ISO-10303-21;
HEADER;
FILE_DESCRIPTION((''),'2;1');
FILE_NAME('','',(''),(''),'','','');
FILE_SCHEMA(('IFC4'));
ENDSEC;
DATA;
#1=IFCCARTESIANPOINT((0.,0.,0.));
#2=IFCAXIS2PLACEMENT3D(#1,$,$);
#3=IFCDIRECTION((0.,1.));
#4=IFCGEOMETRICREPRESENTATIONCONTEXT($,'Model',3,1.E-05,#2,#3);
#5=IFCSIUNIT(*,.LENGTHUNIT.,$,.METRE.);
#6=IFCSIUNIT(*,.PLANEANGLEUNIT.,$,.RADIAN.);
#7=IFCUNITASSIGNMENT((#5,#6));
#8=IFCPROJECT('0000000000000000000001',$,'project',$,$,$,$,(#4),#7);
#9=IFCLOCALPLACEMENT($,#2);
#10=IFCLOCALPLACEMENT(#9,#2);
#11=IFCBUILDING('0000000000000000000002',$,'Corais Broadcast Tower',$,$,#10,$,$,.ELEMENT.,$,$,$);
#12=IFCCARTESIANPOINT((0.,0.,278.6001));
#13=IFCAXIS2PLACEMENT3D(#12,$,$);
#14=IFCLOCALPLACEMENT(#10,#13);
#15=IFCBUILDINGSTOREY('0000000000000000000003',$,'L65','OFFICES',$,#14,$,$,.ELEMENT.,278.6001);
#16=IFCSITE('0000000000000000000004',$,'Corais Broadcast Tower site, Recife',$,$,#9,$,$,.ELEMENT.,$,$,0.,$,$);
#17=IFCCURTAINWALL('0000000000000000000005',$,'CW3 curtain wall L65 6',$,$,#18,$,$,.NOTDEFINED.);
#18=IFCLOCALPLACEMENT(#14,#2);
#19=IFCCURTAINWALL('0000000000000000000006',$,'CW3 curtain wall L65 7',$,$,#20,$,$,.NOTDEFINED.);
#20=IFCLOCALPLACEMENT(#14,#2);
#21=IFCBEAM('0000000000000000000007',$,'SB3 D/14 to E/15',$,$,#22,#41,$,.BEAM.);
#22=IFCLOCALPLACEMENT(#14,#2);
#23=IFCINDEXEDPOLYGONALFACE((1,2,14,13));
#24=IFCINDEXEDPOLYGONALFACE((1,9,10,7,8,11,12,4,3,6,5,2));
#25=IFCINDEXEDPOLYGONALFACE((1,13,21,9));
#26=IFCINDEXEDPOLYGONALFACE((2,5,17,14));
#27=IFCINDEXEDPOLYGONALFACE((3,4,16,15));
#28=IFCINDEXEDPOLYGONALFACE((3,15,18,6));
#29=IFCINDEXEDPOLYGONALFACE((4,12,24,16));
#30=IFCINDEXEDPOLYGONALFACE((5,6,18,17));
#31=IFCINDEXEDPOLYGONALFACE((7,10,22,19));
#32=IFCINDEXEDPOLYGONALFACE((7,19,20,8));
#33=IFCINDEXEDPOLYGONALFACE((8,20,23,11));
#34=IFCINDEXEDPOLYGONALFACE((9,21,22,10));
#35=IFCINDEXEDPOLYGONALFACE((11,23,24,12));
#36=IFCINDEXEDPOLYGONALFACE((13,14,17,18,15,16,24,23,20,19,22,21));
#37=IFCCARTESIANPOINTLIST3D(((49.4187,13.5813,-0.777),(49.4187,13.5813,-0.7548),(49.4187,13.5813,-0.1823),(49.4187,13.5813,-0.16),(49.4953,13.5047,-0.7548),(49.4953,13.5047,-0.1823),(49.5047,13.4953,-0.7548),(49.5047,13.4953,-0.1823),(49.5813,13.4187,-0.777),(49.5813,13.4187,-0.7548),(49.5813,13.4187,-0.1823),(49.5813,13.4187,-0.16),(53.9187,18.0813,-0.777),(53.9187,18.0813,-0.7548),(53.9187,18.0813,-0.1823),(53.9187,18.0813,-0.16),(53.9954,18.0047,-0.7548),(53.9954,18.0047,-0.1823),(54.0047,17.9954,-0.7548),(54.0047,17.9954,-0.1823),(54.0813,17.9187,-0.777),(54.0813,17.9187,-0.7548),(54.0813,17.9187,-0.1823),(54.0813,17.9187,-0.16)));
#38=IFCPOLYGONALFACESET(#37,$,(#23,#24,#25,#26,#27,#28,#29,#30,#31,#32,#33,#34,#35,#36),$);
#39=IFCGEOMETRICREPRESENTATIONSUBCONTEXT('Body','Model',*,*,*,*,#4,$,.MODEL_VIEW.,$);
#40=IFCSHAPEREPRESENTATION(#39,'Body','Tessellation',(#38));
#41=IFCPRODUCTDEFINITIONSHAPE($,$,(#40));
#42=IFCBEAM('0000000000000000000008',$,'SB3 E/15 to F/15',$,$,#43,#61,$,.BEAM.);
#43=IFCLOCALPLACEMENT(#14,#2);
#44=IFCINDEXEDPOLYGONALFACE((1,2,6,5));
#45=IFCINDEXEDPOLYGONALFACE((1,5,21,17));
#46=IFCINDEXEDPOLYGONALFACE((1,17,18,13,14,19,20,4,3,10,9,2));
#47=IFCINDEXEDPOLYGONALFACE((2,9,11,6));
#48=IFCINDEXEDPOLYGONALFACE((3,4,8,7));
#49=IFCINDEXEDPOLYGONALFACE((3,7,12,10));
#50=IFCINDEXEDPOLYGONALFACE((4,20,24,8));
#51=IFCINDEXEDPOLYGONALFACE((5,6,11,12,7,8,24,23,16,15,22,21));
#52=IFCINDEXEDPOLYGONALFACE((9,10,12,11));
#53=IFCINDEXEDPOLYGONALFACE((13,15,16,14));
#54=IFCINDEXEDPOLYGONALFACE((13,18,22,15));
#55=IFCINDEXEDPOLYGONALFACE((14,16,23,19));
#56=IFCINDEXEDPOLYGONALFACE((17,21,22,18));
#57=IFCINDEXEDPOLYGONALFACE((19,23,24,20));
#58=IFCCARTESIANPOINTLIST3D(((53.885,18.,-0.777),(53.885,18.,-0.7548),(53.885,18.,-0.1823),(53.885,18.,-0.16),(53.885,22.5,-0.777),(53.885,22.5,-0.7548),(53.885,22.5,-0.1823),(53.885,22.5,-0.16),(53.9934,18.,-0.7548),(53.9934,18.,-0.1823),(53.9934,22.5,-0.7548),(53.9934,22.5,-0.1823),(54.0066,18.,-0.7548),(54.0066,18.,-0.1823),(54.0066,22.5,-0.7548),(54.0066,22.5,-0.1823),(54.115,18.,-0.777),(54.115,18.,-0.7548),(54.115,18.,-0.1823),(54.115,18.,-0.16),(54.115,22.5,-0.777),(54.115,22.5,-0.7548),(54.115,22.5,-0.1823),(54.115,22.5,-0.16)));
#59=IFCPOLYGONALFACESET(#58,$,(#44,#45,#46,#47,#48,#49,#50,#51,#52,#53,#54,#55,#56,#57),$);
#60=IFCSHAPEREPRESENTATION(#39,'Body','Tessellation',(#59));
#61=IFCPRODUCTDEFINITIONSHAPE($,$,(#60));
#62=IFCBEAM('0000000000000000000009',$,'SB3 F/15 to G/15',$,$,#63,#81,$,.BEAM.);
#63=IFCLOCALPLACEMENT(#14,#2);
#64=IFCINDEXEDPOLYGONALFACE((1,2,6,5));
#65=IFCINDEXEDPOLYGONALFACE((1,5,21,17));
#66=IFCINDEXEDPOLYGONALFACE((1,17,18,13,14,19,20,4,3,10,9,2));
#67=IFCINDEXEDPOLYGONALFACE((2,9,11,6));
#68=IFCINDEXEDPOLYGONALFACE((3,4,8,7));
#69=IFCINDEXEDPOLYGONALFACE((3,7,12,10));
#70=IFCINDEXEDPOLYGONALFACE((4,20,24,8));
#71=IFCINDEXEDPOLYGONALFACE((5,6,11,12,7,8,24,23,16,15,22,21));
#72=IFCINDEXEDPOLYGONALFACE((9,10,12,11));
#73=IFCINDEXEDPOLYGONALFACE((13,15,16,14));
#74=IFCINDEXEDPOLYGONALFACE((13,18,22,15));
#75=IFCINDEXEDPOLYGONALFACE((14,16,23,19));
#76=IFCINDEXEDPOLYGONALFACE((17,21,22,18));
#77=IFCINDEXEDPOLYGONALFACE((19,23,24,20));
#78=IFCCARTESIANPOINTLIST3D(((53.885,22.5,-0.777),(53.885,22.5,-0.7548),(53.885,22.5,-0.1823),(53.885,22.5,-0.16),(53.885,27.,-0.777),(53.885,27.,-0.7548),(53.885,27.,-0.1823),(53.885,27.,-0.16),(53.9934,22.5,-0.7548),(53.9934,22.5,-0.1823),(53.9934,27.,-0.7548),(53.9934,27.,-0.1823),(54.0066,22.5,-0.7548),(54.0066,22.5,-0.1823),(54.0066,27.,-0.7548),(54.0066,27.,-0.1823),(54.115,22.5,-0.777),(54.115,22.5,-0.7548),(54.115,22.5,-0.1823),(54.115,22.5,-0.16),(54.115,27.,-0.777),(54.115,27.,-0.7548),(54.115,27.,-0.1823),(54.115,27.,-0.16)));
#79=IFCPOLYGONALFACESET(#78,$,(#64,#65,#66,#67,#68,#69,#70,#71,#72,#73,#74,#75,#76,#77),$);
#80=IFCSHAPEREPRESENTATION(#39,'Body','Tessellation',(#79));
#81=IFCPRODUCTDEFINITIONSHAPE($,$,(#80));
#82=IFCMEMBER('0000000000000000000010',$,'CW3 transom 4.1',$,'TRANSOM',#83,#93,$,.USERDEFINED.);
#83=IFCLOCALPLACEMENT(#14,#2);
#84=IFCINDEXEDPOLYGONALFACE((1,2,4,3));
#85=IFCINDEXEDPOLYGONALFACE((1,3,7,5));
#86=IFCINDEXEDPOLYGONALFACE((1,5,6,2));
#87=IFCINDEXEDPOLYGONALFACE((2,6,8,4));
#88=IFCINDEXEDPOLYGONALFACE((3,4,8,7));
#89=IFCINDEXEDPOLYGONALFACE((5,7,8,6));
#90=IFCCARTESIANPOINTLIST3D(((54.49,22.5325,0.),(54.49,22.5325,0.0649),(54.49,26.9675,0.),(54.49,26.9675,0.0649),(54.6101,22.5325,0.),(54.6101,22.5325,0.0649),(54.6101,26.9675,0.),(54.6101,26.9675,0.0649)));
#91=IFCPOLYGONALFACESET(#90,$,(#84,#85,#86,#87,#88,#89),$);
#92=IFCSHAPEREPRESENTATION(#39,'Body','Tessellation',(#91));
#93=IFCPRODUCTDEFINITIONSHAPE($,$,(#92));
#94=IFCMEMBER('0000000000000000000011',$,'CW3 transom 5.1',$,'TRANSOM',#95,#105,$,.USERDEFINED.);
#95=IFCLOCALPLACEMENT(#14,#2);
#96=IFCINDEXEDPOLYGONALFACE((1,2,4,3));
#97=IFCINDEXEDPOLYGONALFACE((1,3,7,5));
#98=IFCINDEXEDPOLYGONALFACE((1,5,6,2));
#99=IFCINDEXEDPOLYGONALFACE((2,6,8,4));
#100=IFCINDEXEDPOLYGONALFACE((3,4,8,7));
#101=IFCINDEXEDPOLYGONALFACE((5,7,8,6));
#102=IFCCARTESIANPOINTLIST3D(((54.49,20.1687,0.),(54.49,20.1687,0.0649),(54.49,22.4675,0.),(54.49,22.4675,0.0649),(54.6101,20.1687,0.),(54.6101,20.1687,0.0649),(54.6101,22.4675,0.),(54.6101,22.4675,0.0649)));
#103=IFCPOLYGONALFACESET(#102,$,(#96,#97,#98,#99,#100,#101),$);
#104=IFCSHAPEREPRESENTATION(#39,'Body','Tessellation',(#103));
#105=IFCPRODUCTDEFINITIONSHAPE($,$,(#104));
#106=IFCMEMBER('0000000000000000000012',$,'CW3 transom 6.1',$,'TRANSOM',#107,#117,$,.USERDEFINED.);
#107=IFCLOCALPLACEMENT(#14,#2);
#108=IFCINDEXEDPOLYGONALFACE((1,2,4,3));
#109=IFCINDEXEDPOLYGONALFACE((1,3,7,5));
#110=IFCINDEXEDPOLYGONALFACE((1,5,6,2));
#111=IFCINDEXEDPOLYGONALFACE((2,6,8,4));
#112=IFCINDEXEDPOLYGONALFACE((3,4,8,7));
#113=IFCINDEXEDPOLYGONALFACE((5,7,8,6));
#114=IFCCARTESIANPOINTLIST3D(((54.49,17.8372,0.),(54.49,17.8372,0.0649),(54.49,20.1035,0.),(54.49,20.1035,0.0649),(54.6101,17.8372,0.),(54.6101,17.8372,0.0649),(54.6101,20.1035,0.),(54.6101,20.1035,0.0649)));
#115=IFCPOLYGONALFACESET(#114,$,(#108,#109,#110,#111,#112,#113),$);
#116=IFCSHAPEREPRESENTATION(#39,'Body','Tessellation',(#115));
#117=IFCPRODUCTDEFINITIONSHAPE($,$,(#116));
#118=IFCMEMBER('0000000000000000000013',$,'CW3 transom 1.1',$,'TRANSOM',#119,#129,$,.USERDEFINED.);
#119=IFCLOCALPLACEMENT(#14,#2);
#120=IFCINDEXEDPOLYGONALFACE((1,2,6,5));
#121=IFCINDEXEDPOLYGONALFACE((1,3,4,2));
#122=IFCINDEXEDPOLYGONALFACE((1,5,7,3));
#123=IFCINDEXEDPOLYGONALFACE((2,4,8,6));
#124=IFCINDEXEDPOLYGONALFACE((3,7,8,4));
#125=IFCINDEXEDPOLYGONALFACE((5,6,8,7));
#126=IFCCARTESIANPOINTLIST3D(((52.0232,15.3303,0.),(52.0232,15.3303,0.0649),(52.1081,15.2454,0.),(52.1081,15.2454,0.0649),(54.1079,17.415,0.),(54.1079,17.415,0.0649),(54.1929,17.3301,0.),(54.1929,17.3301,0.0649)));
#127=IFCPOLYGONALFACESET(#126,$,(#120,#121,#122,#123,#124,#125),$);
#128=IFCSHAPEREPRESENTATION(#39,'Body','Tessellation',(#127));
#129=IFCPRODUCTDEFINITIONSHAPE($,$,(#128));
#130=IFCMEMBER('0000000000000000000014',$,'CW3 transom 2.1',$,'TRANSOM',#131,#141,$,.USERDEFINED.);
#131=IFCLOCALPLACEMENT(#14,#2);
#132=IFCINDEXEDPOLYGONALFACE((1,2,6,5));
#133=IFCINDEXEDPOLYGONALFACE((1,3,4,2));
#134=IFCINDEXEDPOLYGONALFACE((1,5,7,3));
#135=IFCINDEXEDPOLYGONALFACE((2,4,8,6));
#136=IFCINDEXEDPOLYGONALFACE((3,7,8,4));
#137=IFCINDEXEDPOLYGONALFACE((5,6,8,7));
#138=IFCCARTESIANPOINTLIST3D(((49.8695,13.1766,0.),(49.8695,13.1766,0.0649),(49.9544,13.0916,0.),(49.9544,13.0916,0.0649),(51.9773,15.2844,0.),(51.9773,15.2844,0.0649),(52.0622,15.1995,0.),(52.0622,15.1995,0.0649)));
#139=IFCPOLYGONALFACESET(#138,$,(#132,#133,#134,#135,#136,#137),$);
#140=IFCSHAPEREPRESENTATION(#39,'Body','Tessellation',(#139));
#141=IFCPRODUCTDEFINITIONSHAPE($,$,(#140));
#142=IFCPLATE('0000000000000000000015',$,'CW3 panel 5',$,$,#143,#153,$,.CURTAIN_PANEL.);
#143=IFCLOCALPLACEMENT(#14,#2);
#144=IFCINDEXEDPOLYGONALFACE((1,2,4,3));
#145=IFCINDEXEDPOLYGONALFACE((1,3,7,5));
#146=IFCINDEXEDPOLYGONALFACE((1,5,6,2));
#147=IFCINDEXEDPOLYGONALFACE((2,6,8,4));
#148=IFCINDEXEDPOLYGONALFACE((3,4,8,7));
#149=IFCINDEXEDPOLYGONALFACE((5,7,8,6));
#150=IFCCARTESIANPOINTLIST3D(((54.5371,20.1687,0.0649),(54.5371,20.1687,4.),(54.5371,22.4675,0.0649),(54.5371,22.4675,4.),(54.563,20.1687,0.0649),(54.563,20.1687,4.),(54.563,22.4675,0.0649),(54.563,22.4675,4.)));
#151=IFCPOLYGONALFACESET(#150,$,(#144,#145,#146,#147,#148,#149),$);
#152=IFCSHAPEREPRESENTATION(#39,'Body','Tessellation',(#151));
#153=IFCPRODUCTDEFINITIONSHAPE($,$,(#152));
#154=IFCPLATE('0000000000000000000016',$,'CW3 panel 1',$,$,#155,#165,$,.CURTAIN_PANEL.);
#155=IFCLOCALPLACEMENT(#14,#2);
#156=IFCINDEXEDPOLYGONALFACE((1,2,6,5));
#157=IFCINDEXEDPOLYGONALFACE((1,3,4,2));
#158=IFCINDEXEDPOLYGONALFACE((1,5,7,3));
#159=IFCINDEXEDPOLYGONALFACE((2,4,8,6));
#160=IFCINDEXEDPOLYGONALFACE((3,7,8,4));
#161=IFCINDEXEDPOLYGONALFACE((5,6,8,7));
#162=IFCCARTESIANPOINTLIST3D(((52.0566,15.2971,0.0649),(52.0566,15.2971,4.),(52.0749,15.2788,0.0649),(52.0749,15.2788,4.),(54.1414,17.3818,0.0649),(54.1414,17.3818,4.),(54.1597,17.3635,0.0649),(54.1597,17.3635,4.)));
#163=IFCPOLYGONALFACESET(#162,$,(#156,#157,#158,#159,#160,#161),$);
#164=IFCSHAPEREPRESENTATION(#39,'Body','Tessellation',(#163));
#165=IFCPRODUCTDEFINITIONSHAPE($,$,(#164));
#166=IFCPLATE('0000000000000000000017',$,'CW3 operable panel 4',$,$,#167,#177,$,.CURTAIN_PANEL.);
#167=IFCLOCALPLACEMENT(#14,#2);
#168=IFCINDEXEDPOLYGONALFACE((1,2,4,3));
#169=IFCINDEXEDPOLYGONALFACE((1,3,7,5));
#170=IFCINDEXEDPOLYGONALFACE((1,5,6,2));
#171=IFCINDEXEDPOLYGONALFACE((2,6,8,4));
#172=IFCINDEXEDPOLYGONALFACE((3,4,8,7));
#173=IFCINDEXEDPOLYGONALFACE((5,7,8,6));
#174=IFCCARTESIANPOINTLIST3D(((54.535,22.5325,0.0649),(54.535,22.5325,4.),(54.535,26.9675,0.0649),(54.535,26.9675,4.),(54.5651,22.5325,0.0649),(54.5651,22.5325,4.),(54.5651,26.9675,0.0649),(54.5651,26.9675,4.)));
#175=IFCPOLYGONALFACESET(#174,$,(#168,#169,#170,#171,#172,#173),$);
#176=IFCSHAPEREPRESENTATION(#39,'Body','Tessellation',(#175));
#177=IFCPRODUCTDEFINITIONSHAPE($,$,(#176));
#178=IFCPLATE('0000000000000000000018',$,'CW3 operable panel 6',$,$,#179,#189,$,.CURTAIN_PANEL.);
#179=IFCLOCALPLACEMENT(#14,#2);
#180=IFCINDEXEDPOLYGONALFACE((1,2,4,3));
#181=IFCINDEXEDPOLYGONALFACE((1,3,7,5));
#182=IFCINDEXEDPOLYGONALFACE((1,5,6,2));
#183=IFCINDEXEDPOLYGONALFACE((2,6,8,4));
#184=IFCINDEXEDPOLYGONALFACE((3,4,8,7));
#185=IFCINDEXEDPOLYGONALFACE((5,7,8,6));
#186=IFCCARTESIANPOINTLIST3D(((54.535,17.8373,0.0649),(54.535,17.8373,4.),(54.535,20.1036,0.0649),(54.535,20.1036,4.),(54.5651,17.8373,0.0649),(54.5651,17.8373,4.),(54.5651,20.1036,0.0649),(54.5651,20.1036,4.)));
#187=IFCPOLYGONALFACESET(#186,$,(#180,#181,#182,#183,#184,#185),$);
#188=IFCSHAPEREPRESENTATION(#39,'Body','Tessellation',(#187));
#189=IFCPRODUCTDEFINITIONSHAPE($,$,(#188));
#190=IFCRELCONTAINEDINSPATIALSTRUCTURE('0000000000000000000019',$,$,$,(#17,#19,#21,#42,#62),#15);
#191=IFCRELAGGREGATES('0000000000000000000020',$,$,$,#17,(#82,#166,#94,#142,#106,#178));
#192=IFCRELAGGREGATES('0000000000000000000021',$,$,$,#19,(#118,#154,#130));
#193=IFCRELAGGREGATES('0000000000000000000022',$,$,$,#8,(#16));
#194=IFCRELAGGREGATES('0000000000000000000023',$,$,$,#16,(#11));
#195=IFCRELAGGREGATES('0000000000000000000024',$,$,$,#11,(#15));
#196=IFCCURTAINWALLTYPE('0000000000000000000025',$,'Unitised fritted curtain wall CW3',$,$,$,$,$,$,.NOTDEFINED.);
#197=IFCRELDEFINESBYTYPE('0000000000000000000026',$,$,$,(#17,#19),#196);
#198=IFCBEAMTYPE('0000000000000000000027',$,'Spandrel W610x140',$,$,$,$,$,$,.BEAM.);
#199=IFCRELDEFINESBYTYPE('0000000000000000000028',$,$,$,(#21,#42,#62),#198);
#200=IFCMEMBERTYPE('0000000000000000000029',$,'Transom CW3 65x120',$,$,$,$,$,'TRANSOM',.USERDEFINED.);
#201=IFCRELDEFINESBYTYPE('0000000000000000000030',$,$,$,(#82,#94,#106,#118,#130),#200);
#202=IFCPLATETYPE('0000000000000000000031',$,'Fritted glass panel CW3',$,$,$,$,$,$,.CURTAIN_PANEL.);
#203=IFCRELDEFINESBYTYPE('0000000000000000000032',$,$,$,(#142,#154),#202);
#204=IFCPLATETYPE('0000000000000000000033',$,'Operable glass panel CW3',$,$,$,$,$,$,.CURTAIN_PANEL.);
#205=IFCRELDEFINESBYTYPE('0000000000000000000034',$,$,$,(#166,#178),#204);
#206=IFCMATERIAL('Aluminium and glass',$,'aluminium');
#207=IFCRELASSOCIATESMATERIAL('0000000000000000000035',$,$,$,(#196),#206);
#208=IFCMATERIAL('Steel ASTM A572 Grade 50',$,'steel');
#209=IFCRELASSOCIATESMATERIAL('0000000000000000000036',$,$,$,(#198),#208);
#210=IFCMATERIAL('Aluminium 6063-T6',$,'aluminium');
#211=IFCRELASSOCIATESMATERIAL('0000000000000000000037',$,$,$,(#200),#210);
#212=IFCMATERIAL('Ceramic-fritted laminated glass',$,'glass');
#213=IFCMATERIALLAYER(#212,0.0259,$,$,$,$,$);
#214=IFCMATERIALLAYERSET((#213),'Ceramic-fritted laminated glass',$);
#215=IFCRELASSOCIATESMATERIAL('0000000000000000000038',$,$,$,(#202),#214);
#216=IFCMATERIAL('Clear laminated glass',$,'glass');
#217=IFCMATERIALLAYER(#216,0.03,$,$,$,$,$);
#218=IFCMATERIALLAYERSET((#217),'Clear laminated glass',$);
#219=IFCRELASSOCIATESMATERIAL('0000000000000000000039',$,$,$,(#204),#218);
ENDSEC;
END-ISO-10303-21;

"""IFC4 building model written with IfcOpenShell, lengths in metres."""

from ifc_helpers import new_model, si_unit, direction, frame, origin, origin_2d, place, context, subcontext, project, spatial, rectangle, i_section, extrude, material, layer, layer_set, material_profile, profile_set, type_object, element, aggregate, save


model = new_model("IFC4")

# Units and contexts
model_context = context("Model", 3, precision=1e-05, world=origin(), true_north=direction((0.0, 1.0)))
body_context = subcontext(model_context, "Body", "Model", "MODEL_VIEW")
ifc_project = project(units=[si_unit("LENGTHUNIT", "METRE"), si_unit("PLANEANGLEUNIT", "RADIAN")], contexts=[model_context])

# Site, building, storey
site_placement = place(None, origin())
site = spatial("IfcSite", under=ifc_project, at=site_placement, Name="Corais Broadcast Tower site, Recife", CompositionType="ELEMENT", RefElevation=0.0)
building_placement = place(site_placement, origin())
building = spatial("IfcBuilding", under=site, at=building_placement, Name="Corais Broadcast Tower", CompositionType="ELEMENT")
storey_placement = place(building_placement, frame((0.0, 0.0, 278.6001)))
storey = spatial("IfcBuildingStorey", under=building, at=storey_placement, Name="L65", Description="OFFICES", CompositionType="ELEMENT", Elevation=278.6001)

# Curtain walls
ifc_material_1 = material(Name="Aluminium and glass", Category="aluminium")
curtain_wall_type = type_object("IfcCurtainWallType", Name="Unitised fritted curtain wall CW3", PredefinedType="NOTDEFINED", material=ifc_material_1)
curtain_wall_1_placement = place(storey_placement, origin())
curtain_wall_1 = element("IfcCurtainWall", 1, at=curtain_wall_1_placement, inside=storey, type_object=curtain_wall_type, Name="CW3 curtain wall L65 6", PredefinedType="NOTDEFINED")
curtain_wall_2_placement = place(storey_placement, origin())
curtain_wall_2 = element("IfcCurtainWall", 2, at=curtain_wall_2_placement, inside=storey, type_object=curtain_wall_type, Name="CW3 curtain wall L65 7", PredefinedType="NOTDEFINED")

# Beams
ifc_material_2 = material(Name="Steel ASTM A572 Grade 50", Category="steel")
ifc_material_profile_1 = material_profile(ifc_material_2, i_section(OverallWidth=0.23, OverallDepth=0.6169, WebThickness=0.0132, FlangeThickness=0.0222, at=origin_2d()), Name="W610x140")
ifc_profile_set_1 = profile_set([ifc_material_profile_1], Name="Steel ASTM A572 Grade 50")
beam_type_1 = type_object("IfcBeamType", Name="Spandrel W610x140", PredefinedType="BEAM", material=ifc_profile_set_1)
beam_1_placement = place(storey_placement, frame((49.5, 13.5, -0.4685), z_axis=(0.707107, 0.707107, 0.0), x_axis=(-0.707107, 0.707107, 0.0)))
element("IfcBeam", 3, at=beam_1_placement, inside=storey, type_object=beam_type_1, Name="SB3 D/14 to E/15", PredefinedType="BEAM", context=body_context, shape_type="SweptSolid", body=[
    extrude(i_section(OverallWidth=0.23, OverallDepth=0.6169, WebThickness=0.0132, FlangeThickness=0.0222, at=origin_2d()), origin(), (0.0, 0.0, 1.0), 6.364),
])
for number, where, z_axis, x_axis, name in (
    (4, (54.0, 18.0, -0.4685), (0.0, 1.0, 0.0), (-1.0, 0.0, 0.0), "SB3 E/15 to F/15"),
    (5, (54.0, 22.5, -0.4685), (0.0, 1.0, 0.0), (-1.0, 0.0, 0.0), "SB3 F/15 to G/15"),
):
    element("IfcBeam", number, at=place(storey_placement, frame(where, z_axis=z_axis, x_axis=x_axis)), inside=storey, type_object=beam_type_1, Name=name, PredefinedType="BEAM", context=body_context, shape_type="SweptSolid", body=[
        extrude(i_section(OverallWidth=0.23, OverallDepth=0.6169, WebThickness=0.0132, FlangeThickness=0.0222, at=origin_2d()), origin(), (0.0, 0.0, 1.0), 4.5),
    ])

# Members
ifc_material_3 = material(Name="Aluminium 6063-T6", Category="aluminium")
ifc_material_profile_2 = material_profile(ifc_material_3, rectangle(XDim=0.1201, YDim=0.0649, at=origin_2d()), Name="Transom CW3 65x120")
ifc_profile_set_2 = profile_set([ifc_material_profile_2], Name="Aluminium 6063-T6")
member_type_1 = type_object("IfcMemberType", Name="Transom CW3 65x120", ElementType="TRANSOM", PredefinedType="USERDEFINED", material=ifc_profile_set_2)
member_1_placement = place(storey_placement, frame((54.55, 26.9675, 0.0325), z_axis=(0.0, -1.0, 0.0), x_axis=(1.0, 0.0, 0.0)))
member_1 = element("IfcMember", 6, at=member_1_placement, type_object=member_type_1, Name="CW3 transom 4.1", ObjectType="TRANSOM", PredefinedType="USERDEFINED", context=body_context, shape_type="SweptSolid", body=[
    extrude(rectangle(XDim=0.1201, YDim=0.0649, at=origin_2d()), origin(), (0.0, 0.0, 1.0), 4.4351),
])
member_2_placement = place(storey_placement, frame((54.55, 22.4675, 0.0325), z_axis=(0.0, -1.0, 0.0), x_axis=(1.0, 0.0, 0.0)))
member_2 = element("IfcMember", 7, at=member_2_placement, type_object=member_type_1, Name="CW3 transom 5.1", ObjectType="TRANSOM", PredefinedType="USERDEFINED", context=body_context, shape_type="SweptSolid", body=[
    extrude(rectangle(XDim=0.1201, YDim=0.0649, at=origin_2d()), origin(), (0.0, 0.0, 1.0), 2.2988),
])
member_3_placement = place(storey_placement, frame((54.55, 20.1035, 0.0325), z_axis=(0.0, -1.0, 0.0), x_axis=(1.0, 0.0, 0.0)))
member_3 = element("IfcMember", 8, at=member_3_placement, type_object=member_type_1, Name="CW3 transom 6.1", ObjectType="TRANSOM", PredefinedType="USERDEFINED", context=body_context, shape_type="SweptSolid", body=[
    extrude(rectangle(XDim=0.1201, YDim=0.0649, at=origin_2d()), origin(), (0.0, 0.0, 1.0), 2.2664),
])
member_4_placement = place(storey_placement, frame((54.1504, 17.3726, 0.0325), z_axis=(-0.707107, -0.707107, 0.0), x_axis=(0.707107, -0.707107, 0.0)))
member_4 = element("IfcMember", 9, at=member_4_placement, type_object=member_type_1, Name="CW3 transom 1.1", ObjectType="TRANSOM", PredefinedType="USERDEFINED", context=body_context, shape_type="SweptSolid", body=[
    extrude(rectangle(XDim=0.1201, YDim=0.0649, at=origin_2d()), origin(), (0.0, 0.0, 1.0), 2.9482),
])
member_5_placement = place(storey_placement, frame((52.0198, 15.2419, 0.0325), z_axis=(-0.707107, -0.707107, 0.0), x_axis=(0.707107, -0.707107, 0.0)))
member_5 = element("IfcMember", 10, at=member_5_placement, type_object=member_type_1, Name="CW3 transom 2.1", ObjectType="TRANSOM", PredefinedType="USERDEFINED", context=body_context, shape_type="SweptSolid", body=[
    extrude(rectangle(XDim=0.1201, YDim=0.0649, at=origin_2d()), origin(), (0.0, 0.0, 1.0), 2.981),
])

# Plates
ifc_material_4 = material(Name="Ceramic-fritted laminated glass", Category="glass")
ifc_layer_1 = layer(ifc_material_4, 0.0259)
ifc_layer_set_1 = layer_set([ifc_layer_1], Name="Ceramic-fritted laminated glass")
plate_type_1 = type_object("IfcPlateType", Name="Fritted glass panel CW3", PredefinedType="CURTAIN_PANEL", material=ifc_layer_set_1)
plate_1_placement = place(storey_placement, frame((54.55, 21.3181, 0.0649), z_axis=(0.0, 0.0, 1.0), x_axis=(0.0, -1.0, 0.0)))
plate_1 = element("IfcPlate", 11, at=plate_1_placement, type_object=plate_type_1, Name="CW3 panel 5", PredefinedType="CURTAIN_PANEL", context=body_context, shape_type="SweptSolid", body=[
    extrude(rectangle(XDim=2.2988, YDim=0.0259, at=origin_2d()), origin(), (0.0, 0.0, 1.0), 3.9351),
])
plate_2_placement = place(storey_placement, frame((53.1082, 16.3303, 0.0649), z_axis=(0.0, 0.0, 1.0), x_axis=(-0.707107, -0.707107, 0.0)))
plate_2 = element("IfcPlate", 12, at=plate_2_placement, type_object=plate_type_1, Name="CW3 panel 1", PredefinedType="CURTAIN_PANEL", context=body_context, shape_type="SweptSolid", body=[
    extrude(rectangle(XDim=2.9482, YDim=0.0259, at=origin_2d()), origin(), (0.0, 0.0, 1.0), 3.9351),
])
ifc_material_5 = material(Name="Clear laminated glass", Category="glass")
ifc_layer_2 = layer(ifc_material_5, 0.03)
ifc_layer_set_2 = layer_set([ifc_layer_2], Name="Clear laminated glass")
plate_type_2 = type_object("IfcPlateType", Name="Operable glass panel CW3", PredefinedType="CURTAIN_PANEL", material=ifc_layer_set_2)
plate_3_placement = place(storey_placement, frame((54.55, 24.75, 0.0649), z_axis=(0.0, 0.0, 1.0), x_axis=(0.0, -1.0, 0.0)))
plate_3 = element("IfcPlate", 13, at=plate_3_placement, type_object=plate_type_2, Name="CW3 operable panel 4", PredefinedType="CURTAIN_PANEL", context=body_context, shape_type="SweptSolid", body=[
    extrude(rectangle(XDim=4.4351, YDim=0.03, at=origin_2d()), origin(), (0.0, 0.0, 1.0), 3.9351),
])
plate_4_placement = place(storey_placement, frame((54.55, 18.9705, 0.0649), z_axis=(0.0, 0.0, 1.0), x_axis=(0.0, -1.0, 0.0)))
plate_4 = element("IfcPlate", 14, at=plate_4_placement, type_object=plate_type_2, Name="CW3 operable panel 6", PredefinedType="CURTAIN_PANEL", context=body_context, shape_type="SweptSolid", body=[
    extrude(rectangle(XDim=2.2664, YDim=0.03, at=origin_2d()), origin(), (0.0, 0.0, 1.0), 3.9351),
])
aggregate(curtain_wall_1, [member_1, plate_3, member_2, plate_1, member_3, plate_4])
aggregate(curtain_wall_2, [member_4, plate_2, member_5])

save(model, "model.ifc")
